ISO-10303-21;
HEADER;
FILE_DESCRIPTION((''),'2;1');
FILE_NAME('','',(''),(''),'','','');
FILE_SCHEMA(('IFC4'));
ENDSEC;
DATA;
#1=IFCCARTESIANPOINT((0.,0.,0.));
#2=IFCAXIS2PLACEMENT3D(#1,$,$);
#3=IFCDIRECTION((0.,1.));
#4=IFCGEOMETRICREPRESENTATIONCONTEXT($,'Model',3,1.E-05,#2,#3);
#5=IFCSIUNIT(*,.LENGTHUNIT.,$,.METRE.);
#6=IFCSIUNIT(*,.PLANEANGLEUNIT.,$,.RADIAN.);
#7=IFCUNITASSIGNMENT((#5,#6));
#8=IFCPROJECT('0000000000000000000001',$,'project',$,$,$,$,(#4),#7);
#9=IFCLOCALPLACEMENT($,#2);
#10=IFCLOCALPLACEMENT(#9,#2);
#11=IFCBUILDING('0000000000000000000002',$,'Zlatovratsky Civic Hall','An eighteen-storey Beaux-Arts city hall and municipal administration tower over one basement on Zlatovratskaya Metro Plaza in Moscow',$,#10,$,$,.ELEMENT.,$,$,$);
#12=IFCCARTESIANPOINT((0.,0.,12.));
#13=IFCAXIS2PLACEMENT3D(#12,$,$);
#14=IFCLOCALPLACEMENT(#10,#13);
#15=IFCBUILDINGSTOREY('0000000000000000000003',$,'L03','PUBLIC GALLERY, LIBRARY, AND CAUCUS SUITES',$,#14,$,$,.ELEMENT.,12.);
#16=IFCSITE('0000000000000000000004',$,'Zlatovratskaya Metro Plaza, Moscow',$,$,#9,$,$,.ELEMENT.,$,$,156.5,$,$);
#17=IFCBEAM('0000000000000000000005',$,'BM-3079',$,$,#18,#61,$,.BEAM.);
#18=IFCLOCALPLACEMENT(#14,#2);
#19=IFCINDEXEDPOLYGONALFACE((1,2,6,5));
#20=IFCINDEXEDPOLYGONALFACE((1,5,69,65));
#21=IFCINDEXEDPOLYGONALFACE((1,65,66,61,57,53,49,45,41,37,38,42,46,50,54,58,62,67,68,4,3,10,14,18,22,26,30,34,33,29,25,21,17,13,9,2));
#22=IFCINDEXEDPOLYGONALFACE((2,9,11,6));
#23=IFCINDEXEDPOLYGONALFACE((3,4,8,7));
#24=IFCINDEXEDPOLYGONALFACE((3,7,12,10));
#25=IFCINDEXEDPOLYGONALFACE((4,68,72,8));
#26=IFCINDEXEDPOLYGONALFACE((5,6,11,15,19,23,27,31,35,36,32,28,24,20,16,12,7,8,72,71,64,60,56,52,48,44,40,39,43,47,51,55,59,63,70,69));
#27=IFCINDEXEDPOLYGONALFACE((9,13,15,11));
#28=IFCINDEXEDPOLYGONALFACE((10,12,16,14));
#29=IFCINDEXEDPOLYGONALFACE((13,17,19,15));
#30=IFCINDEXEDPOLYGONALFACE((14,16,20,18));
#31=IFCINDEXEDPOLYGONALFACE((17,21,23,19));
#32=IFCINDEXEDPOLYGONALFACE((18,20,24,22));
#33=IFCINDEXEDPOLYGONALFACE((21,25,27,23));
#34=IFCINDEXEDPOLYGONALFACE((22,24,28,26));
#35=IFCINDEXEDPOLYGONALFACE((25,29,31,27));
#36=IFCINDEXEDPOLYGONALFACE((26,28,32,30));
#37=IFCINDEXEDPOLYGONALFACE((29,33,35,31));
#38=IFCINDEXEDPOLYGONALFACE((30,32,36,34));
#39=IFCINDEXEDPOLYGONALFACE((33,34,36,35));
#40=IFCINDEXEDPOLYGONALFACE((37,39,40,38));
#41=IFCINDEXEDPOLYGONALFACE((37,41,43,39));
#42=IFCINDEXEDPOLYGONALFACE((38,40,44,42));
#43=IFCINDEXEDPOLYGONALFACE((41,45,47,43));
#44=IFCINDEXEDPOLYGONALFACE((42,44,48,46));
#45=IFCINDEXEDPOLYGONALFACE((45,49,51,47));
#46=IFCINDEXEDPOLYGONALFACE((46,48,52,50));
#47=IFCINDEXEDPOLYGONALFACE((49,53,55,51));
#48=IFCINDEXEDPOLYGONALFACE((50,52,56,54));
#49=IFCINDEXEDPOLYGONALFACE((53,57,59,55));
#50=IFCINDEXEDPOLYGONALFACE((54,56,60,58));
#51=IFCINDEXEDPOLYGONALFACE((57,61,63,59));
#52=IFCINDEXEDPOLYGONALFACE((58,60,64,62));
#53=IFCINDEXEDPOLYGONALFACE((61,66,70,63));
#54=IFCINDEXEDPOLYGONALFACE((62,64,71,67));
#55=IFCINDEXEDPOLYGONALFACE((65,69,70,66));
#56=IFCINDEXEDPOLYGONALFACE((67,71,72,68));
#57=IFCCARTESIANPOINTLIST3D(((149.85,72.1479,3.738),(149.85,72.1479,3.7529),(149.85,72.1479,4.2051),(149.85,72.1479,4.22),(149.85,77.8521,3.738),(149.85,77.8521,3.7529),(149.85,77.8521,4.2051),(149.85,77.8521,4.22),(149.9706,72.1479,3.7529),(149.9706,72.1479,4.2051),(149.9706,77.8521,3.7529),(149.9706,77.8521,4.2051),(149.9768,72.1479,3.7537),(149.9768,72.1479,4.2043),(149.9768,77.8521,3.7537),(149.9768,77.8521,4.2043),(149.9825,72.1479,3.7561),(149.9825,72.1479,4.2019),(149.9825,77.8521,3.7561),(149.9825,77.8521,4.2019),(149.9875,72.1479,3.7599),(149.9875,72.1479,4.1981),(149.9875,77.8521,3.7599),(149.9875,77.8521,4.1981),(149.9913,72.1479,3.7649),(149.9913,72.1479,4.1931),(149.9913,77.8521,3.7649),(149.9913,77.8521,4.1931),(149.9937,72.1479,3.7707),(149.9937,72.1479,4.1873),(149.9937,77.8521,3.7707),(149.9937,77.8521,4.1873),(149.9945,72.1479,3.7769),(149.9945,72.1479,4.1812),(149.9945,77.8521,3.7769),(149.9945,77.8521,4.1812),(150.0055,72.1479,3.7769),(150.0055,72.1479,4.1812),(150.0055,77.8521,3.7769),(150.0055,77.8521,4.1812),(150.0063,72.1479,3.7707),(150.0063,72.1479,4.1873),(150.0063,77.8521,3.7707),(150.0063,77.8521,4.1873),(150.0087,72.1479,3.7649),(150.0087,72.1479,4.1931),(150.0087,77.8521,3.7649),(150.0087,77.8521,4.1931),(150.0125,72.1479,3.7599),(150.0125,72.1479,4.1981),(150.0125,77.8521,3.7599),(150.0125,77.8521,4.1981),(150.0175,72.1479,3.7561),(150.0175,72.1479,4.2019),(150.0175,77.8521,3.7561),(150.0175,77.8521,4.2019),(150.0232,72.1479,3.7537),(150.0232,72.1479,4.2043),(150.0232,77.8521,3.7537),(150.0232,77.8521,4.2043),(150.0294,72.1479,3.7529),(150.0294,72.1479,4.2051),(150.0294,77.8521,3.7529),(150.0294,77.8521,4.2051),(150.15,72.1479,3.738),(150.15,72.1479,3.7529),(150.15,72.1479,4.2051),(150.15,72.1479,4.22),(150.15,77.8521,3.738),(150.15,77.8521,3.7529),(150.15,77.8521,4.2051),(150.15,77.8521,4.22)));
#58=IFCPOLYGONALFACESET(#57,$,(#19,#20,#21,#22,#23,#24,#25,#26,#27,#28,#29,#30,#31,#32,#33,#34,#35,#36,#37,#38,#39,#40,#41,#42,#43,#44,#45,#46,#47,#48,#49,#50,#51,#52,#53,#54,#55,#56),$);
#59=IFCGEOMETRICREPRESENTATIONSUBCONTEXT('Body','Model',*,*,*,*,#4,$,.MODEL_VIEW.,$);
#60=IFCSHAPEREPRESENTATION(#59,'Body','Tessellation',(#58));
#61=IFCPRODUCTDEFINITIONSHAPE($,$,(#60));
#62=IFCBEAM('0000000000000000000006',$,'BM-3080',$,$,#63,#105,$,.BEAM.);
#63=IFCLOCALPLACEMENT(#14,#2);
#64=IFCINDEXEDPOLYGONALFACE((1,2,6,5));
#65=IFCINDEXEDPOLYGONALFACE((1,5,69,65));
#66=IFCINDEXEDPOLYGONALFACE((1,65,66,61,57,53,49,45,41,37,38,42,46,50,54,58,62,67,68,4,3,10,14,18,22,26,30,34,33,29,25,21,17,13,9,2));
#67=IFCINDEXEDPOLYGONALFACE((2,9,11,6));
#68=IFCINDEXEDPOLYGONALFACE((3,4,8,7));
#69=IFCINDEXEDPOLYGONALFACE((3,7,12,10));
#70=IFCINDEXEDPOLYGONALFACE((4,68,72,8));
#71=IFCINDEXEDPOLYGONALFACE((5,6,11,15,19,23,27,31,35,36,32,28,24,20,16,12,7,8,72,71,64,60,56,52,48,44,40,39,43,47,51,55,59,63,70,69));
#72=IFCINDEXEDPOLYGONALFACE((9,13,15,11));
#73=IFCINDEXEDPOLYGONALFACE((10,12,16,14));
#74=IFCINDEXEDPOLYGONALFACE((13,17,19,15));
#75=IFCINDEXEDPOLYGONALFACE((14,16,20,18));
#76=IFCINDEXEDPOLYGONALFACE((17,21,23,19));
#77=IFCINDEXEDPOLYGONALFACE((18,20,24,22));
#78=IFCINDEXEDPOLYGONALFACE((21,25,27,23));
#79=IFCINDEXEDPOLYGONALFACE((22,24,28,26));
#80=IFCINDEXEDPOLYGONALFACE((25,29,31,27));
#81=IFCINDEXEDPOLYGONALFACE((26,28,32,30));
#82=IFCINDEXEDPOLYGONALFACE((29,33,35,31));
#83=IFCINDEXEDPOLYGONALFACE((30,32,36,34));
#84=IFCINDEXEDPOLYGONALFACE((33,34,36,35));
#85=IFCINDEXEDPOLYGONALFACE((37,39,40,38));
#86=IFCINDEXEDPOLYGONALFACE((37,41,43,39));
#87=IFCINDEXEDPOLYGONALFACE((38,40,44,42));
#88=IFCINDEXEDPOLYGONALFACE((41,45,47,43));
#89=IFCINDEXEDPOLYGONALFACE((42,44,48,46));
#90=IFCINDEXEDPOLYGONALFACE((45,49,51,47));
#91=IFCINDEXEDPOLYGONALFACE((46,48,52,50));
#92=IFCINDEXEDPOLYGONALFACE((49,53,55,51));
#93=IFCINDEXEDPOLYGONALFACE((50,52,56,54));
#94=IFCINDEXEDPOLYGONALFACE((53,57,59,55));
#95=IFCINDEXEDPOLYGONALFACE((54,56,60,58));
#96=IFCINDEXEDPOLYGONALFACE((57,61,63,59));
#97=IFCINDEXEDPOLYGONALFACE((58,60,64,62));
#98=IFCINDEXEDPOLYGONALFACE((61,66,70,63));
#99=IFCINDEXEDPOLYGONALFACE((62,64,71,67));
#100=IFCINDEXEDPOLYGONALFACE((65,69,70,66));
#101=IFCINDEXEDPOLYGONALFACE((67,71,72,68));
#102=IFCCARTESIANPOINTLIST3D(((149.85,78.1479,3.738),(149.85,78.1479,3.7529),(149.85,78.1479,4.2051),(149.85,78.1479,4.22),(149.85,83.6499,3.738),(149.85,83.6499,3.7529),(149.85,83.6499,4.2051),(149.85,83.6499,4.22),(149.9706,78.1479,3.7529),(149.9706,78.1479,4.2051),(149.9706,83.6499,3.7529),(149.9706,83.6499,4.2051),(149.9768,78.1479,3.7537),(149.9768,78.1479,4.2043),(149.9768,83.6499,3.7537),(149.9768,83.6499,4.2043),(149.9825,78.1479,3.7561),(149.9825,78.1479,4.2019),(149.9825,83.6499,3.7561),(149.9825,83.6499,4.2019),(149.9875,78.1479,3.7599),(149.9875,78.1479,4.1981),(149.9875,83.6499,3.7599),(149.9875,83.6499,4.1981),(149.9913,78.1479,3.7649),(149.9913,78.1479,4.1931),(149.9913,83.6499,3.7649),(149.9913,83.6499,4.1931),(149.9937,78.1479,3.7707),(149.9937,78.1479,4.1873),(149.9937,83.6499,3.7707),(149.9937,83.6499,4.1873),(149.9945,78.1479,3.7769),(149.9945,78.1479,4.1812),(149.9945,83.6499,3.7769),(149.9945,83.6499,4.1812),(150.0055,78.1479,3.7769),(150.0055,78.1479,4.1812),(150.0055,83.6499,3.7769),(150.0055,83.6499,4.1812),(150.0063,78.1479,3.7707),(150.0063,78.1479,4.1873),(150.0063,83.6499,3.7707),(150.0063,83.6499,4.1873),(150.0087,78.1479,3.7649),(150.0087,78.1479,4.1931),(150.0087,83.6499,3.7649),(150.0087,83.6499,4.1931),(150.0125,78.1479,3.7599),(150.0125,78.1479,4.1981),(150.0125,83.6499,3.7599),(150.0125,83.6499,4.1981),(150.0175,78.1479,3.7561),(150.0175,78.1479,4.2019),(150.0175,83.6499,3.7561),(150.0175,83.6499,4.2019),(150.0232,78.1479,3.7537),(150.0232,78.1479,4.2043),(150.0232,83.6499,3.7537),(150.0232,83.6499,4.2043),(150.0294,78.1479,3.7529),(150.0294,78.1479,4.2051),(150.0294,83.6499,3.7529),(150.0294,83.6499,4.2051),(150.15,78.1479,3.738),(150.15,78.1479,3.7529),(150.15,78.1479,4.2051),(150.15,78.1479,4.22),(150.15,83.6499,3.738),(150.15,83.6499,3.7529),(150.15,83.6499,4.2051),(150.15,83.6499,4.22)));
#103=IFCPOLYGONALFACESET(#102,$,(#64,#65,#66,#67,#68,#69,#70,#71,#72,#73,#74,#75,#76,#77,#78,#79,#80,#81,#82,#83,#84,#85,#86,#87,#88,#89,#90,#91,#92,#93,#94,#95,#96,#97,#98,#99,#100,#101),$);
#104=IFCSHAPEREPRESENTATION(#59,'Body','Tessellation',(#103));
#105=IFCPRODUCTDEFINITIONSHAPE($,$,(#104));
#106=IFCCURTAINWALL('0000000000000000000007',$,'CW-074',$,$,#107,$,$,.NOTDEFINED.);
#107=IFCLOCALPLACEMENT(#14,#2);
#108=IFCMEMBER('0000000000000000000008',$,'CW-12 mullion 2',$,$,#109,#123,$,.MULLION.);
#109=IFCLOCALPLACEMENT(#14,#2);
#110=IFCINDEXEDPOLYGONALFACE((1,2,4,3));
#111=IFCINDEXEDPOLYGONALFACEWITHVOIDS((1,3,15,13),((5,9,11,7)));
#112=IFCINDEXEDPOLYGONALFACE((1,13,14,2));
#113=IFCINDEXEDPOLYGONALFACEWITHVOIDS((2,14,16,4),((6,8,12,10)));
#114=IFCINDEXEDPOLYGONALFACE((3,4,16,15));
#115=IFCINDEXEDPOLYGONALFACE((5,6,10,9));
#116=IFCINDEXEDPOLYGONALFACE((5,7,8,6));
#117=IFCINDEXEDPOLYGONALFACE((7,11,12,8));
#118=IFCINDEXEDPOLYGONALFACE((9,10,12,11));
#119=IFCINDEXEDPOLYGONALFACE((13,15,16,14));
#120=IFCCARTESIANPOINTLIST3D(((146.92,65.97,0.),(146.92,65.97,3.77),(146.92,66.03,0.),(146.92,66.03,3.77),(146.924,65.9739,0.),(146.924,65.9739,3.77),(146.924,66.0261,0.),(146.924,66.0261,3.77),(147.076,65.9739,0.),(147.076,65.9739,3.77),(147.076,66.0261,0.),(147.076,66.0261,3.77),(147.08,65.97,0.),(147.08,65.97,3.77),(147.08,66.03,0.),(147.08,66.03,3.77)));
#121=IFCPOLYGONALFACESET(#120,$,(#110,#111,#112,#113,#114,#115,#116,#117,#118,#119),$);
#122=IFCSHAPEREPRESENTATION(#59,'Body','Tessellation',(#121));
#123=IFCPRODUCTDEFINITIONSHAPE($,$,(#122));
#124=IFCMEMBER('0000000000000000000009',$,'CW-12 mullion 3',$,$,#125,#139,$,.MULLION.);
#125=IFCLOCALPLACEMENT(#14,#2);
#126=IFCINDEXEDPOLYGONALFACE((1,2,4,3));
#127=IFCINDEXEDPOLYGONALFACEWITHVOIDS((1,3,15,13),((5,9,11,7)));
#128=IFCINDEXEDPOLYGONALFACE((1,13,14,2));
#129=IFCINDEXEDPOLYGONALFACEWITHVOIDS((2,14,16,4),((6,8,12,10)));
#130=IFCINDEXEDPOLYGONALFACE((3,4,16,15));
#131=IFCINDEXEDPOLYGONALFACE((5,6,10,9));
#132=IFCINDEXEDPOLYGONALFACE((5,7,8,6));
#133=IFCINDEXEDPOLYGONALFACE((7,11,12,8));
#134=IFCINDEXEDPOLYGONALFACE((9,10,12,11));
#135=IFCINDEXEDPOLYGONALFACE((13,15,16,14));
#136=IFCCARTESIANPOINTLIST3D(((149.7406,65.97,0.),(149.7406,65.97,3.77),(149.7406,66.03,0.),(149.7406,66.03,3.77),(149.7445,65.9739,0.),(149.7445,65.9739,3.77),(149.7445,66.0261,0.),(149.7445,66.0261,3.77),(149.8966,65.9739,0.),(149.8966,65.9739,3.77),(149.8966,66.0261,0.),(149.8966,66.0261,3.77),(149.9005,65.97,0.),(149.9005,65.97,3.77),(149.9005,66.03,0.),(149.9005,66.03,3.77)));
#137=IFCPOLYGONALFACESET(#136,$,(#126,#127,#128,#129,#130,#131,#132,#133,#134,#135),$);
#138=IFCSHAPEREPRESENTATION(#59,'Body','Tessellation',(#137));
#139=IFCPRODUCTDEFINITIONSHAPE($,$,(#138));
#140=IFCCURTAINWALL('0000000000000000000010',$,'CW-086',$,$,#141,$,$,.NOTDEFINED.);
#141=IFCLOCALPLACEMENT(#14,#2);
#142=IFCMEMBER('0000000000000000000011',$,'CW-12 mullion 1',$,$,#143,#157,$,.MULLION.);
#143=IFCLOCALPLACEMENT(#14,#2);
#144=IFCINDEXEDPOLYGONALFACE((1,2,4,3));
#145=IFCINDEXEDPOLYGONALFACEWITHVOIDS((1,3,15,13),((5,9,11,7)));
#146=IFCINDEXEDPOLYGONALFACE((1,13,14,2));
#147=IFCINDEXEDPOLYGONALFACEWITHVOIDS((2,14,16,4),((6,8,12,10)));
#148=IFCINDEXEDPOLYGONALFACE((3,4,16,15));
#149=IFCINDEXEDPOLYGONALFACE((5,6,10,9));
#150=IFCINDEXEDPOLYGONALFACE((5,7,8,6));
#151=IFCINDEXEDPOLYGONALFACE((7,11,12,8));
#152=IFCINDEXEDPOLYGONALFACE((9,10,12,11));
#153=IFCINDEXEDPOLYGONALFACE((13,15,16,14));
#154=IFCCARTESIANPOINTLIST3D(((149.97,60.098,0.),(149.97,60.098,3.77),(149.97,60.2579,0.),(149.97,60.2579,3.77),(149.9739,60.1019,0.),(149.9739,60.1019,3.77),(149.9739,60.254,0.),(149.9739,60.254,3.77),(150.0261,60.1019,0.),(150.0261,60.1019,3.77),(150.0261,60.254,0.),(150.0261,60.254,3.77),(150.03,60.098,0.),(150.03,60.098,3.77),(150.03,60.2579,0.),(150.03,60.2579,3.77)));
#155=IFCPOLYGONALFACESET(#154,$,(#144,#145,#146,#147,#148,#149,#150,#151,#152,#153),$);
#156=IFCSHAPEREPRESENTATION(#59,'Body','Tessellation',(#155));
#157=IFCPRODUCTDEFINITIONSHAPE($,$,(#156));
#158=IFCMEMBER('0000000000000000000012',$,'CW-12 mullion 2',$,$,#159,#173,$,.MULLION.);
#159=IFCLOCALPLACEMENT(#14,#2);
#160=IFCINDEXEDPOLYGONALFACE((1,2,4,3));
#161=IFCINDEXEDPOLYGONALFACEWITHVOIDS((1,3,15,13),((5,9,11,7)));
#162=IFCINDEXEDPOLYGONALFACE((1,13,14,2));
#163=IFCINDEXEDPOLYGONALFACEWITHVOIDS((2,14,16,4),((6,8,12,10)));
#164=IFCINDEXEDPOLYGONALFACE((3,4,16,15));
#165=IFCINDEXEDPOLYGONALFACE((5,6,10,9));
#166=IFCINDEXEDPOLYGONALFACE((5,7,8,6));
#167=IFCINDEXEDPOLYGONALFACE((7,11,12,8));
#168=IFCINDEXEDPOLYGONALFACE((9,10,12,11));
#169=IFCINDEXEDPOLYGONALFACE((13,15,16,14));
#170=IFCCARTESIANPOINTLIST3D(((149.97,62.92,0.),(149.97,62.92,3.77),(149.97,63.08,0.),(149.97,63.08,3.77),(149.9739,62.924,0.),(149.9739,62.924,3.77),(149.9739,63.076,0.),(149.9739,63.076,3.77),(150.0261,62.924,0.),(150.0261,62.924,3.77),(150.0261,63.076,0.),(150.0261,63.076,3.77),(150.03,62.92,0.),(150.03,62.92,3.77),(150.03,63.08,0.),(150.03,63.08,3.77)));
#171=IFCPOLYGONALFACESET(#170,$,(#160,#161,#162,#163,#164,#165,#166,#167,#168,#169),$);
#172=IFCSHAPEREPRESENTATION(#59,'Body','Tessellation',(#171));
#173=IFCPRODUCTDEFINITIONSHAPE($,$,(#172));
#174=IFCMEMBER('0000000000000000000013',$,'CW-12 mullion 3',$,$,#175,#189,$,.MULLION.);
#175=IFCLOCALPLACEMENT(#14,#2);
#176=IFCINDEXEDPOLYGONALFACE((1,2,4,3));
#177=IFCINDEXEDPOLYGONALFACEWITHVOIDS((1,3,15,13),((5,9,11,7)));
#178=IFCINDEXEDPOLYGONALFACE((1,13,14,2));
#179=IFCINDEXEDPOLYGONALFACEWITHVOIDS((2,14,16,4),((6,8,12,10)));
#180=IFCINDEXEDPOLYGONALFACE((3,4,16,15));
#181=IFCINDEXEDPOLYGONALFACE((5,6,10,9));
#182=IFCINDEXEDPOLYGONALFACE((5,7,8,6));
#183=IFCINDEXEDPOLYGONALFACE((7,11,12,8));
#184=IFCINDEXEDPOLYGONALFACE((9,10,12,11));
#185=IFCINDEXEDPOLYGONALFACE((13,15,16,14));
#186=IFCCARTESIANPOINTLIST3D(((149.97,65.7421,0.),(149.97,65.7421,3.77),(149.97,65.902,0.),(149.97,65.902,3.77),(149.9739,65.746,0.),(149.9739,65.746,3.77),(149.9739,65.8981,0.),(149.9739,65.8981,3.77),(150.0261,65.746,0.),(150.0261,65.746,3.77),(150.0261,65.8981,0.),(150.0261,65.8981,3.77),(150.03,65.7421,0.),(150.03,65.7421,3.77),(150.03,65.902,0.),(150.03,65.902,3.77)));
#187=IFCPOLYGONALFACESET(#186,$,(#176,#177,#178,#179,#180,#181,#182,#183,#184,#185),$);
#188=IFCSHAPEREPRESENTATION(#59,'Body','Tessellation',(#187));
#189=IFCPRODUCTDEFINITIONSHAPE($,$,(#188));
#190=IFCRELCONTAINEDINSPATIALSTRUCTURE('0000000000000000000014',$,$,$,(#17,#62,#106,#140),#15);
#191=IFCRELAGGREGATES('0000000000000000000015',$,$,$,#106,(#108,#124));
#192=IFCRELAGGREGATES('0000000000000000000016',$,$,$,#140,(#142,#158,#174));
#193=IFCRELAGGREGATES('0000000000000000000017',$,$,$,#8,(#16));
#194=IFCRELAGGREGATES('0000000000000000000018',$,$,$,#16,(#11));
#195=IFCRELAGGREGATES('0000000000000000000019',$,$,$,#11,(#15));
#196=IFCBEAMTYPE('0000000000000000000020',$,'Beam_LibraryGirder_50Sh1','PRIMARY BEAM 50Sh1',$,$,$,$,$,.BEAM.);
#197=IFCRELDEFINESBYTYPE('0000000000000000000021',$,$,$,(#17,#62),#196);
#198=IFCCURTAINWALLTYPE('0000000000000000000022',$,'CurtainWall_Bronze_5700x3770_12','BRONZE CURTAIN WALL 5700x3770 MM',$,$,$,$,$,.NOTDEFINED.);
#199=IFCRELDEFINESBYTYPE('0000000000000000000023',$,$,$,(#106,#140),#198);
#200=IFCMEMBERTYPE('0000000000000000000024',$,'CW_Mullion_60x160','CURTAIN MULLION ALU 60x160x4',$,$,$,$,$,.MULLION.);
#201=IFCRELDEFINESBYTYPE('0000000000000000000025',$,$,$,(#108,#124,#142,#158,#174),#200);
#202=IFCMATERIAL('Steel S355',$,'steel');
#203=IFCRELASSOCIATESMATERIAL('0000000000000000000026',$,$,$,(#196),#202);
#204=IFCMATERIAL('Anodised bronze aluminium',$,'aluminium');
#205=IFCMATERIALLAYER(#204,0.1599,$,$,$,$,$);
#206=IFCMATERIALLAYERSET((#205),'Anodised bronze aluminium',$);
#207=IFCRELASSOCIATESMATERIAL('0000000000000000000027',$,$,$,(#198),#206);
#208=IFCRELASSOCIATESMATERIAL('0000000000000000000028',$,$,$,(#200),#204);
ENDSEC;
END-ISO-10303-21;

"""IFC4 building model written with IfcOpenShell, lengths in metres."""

from ifc_helpers import new_model, si_unit, direction, frame, origin, origin_2d, place, context, subcontext, project, spatial, hollow_rectangle, i_section, extrude, material, layer, layer_set, material_profile, profile_set, type_object, element, aggregate, save


model = new_model("IFC4")

# Units and contexts
model_context = context("Model", 3, precision=1e-05, world=origin(), true_north=direction((0.0, 1.0)))
body_context = subcontext(model_context, "Body", "Model", "MODEL_VIEW")
ifc_project = project(units=[si_unit("LENGTHUNIT", "METRE"), si_unit("PLANEANGLEUNIT", "RADIAN")], contexts=[model_context])

# Site, building, storey
site_placement = place(None, origin())
site = spatial("IfcSite", under=ifc_project, at=site_placement, Name="Zlatovratskaya Metro Plaza, Moscow", CompositionType="ELEMENT", RefElevation=156.5)
building_placement = place(site_placement, origin())
building = spatial("IfcBuilding", under=site, at=building_placement, Name="Zlatovratsky Civic Hall", Description="An eighteen-storey Beaux-Arts city hall and municipal administration tower over one basement on Zlatovratskaya Metro Plaza in Moscow", CompositionType="ELEMENT")
storey_placement = place(building_placement, frame((0.0, 0.0, 12.0)))
storey = spatial("IfcBuildingStorey", under=building, at=storey_placement, Name="L03", Description="PUBLIC GALLERY, LIBRARY, AND CAUCUS SUITES", CompositionType="ELEMENT", Elevation=12.0)

# Shared definitions
ifc_material_1 = material(Name="Steel S355", Category="steel")

# Beams
ifc_material_profile_1 = material_profile(ifc_material_1, i_section(OverallWidth=0.3, OverallDepth=0.4819, WebThickness=0.011, FlangeThickness=0.0149, FilletRadius=0.0239, at=origin_2d()), Name="50Sh1")
ifc_profile_set_1 = profile_set([ifc_material_profile_1], Name="Steel S355")
beam_type = type_object("IfcBeamType", Name="Beam_LibraryGirder_50Sh1", Description="PRIMARY BEAM 50Sh1", PredefinedType="BEAM", material=ifc_profile_set_1)
for number, where, z_axis, x_axis, name in (
    (1, (150.0, 72.1479, 3.979), (0.0, 1.0, 0.0), (-1.0, 0.0, 0.0), "BM-3079"),
):
    element("IfcBeam", number, at=place(storey_placement, frame(where, z_axis=z_axis, x_axis=x_axis)), inside=storey, type_object=beam_type, Name=name, PredefinedType="BEAM", context=body_context, shape_type="SweptSolid", body=[
        extrude(i_section(OverallWidth=0.3, OverallDepth=0.4819, WebThickness=0.011, FlangeThickness=0.0149, FilletRadius=0.0239, at=origin_2d()), origin(), (0.0, 0.0, 1.0), 5.7041),
    ])
beam_placement = place(storey_placement, frame((150.0, 78.1479, 3.979), z_axis=(0.0, 1.0, 0.0), x_axis=(-1.0, 0.0, 0.0)))
element("IfcBeam", 2, at=beam_placement, inside=storey, type_object=beam_type, Name="BM-3080", PredefinedType="BEAM", context=body_context, shape_type="SweptSolid", body=[
    extrude(i_section(OverallWidth=0.3, OverallDepth=0.4819, WebThickness=0.011, FlangeThickness=0.0149, FilletRadius=0.0239, at=origin_2d()), origin(), (0.0, 0.0, 1.0), 5.502),
])

# Curtain walls, members
ifc_material_2 = material(Name="Anodised bronze aluminium", Category="aluminium")
ifc_layer_1 = layer(ifc_material_2, 0.1599)
ifc_layer_set_1 = layer_set([ifc_layer_1], Name="Anodised bronze aluminium")
curtain_wall_type = type_object("IfcCurtainWallType", Name="CurtainWall_Bronze_5700x3770_12", Description="BRONZE CURTAIN WALL 5700x3770 MM", PredefinedType="NOTDEFINED", material=ifc_layer_set_1)
curtain_wall_1_placement = place(storey_placement, origin())
curtain_wall_1 = element("IfcCurtainWall", 3, at=curtain_wall_1_placement, inside=storey, type_object=curtain_wall_type, Name="CW-074", PredefinedType="NOTDEFINED")
ifc_material_profile_2 = material_profile(ifc_material_2, hollow_rectangle(XDim=0.0601, YDim=0.1599, WallThickness=0.0039, at=origin_2d()), Name="ALU 60x160x4")
ifc_profile_set_2 = profile_set([ifc_material_profile_2], Name="Anodised bronze aluminium")
member_type_1 = type_object("IfcMemberType", Name="CW_Mullion_60x160", Description="CURTAIN MULLION ALU 60x160x4", PredefinedType="MULLION", material=ifc_profile_set_2)
member_1_placement = place(storey_placement, frame((147.0, 66.0, 0.0), z_axis=(0.0, 0.0, 1.0), x_axis=(0.0, 1.0, 0.0)))
member_1 = element("IfcMember", 4, at=member_1_placement, type_object=member_type_1, Name="CW-12 mullion 2", PredefinedType="MULLION", context=body_context, shape_type="SweptSolid", body=[
    extrude(hollow_rectangle(XDim=0.0601, YDim=0.1599, WallThickness=0.0039, at=origin_2d()), origin(), (0.0, 0.0, 1.0), 3.77),
])
member_2_placement = place(storey_placement, frame((149.8206, 66.0, 0.0), z_axis=(0.0, 0.0, 1.0), x_axis=(0.0, 1.0, 0.0)))
member_2 = element("IfcMember", 5, at=member_2_placement, type_object=member_type_1, Name="CW-12 mullion 3", PredefinedType="MULLION", context=body_context, shape_type="SweptSolid", body=[
    extrude(hollow_rectangle(XDim=0.0601, YDim=0.1599, WallThickness=0.0039, at=origin_2d()), origin(), (0.0, 0.0, 1.0), 3.77),
])
curtain_wall_2_placement = place(storey_placement, origin())
curtain_wall_2 = element("IfcCurtainWall", 6, at=curtain_wall_2_placement, inside=storey, type_object=curtain_wall_type, Name="CW-086", PredefinedType="NOTDEFINED")
member_3_placement = place(storey_placement, frame((150.0, 60.178, 0.0), z_axis=(0.0, 0.0, 1.0), x_axis=(-1.0, 0.0, 0.0)))
member_3 = element("IfcMember", 7, at=member_3_placement, type_object=member_type_1, Name="CW-12 mullion 1", PredefinedType="MULLION", context=body_context, shape_type="SweptSolid", body=[
    extrude(hollow_rectangle(XDim=0.0601, YDim=0.1599, WallThickness=0.0039, at=origin_2d()), origin(), (0.0, 0.0, 1.0), 3.77),
])
member_4_placement = place(storey_placement, frame((150.0, 63.0, 0.0), z_axis=(0.0, 0.0, 1.0), x_axis=(-1.0, 0.0, 0.0)))
member_4 = element("IfcMember", 8, at=member_4_placement, type_object=member_type_1, Name="CW-12 mullion 2", PredefinedType="MULLION", context=body_context, shape_type="SweptSolid", body=[
    extrude(hollow_rectangle(XDim=0.0601, YDim=0.1599, WallThickness=0.0039, at=origin_2d()), origin(), (0.0, 0.0, 1.0), 3.77),
])
member_5_placement = place(storey_placement, frame((150.0, 65.822, 0.0), z_axis=(0.0, 0.0, 1.0), x_axis=(-1.0, 0.0, 0.0)))
member_5 = element("IfcMember", 9, at=member_5_placement, type_object=member_type_1, Name="CW-12 mullion 3", PredefinedType="MULLION", context=body_context, shape_type="SweptSolid", body=[
    extrude(hollow_rectangle(XDim=0.0601, YDim=0.1599, WallThickness=0.0039, at=origin_2d()), origin(), (0.0, 0.0, 1.0), 3.77),
])

aggregate(curtain_wall_1, [member_1, member_2])
aggregate(curtain_wall_2, [member_3, member_4, member_5])

save(model, "model.ifc")
